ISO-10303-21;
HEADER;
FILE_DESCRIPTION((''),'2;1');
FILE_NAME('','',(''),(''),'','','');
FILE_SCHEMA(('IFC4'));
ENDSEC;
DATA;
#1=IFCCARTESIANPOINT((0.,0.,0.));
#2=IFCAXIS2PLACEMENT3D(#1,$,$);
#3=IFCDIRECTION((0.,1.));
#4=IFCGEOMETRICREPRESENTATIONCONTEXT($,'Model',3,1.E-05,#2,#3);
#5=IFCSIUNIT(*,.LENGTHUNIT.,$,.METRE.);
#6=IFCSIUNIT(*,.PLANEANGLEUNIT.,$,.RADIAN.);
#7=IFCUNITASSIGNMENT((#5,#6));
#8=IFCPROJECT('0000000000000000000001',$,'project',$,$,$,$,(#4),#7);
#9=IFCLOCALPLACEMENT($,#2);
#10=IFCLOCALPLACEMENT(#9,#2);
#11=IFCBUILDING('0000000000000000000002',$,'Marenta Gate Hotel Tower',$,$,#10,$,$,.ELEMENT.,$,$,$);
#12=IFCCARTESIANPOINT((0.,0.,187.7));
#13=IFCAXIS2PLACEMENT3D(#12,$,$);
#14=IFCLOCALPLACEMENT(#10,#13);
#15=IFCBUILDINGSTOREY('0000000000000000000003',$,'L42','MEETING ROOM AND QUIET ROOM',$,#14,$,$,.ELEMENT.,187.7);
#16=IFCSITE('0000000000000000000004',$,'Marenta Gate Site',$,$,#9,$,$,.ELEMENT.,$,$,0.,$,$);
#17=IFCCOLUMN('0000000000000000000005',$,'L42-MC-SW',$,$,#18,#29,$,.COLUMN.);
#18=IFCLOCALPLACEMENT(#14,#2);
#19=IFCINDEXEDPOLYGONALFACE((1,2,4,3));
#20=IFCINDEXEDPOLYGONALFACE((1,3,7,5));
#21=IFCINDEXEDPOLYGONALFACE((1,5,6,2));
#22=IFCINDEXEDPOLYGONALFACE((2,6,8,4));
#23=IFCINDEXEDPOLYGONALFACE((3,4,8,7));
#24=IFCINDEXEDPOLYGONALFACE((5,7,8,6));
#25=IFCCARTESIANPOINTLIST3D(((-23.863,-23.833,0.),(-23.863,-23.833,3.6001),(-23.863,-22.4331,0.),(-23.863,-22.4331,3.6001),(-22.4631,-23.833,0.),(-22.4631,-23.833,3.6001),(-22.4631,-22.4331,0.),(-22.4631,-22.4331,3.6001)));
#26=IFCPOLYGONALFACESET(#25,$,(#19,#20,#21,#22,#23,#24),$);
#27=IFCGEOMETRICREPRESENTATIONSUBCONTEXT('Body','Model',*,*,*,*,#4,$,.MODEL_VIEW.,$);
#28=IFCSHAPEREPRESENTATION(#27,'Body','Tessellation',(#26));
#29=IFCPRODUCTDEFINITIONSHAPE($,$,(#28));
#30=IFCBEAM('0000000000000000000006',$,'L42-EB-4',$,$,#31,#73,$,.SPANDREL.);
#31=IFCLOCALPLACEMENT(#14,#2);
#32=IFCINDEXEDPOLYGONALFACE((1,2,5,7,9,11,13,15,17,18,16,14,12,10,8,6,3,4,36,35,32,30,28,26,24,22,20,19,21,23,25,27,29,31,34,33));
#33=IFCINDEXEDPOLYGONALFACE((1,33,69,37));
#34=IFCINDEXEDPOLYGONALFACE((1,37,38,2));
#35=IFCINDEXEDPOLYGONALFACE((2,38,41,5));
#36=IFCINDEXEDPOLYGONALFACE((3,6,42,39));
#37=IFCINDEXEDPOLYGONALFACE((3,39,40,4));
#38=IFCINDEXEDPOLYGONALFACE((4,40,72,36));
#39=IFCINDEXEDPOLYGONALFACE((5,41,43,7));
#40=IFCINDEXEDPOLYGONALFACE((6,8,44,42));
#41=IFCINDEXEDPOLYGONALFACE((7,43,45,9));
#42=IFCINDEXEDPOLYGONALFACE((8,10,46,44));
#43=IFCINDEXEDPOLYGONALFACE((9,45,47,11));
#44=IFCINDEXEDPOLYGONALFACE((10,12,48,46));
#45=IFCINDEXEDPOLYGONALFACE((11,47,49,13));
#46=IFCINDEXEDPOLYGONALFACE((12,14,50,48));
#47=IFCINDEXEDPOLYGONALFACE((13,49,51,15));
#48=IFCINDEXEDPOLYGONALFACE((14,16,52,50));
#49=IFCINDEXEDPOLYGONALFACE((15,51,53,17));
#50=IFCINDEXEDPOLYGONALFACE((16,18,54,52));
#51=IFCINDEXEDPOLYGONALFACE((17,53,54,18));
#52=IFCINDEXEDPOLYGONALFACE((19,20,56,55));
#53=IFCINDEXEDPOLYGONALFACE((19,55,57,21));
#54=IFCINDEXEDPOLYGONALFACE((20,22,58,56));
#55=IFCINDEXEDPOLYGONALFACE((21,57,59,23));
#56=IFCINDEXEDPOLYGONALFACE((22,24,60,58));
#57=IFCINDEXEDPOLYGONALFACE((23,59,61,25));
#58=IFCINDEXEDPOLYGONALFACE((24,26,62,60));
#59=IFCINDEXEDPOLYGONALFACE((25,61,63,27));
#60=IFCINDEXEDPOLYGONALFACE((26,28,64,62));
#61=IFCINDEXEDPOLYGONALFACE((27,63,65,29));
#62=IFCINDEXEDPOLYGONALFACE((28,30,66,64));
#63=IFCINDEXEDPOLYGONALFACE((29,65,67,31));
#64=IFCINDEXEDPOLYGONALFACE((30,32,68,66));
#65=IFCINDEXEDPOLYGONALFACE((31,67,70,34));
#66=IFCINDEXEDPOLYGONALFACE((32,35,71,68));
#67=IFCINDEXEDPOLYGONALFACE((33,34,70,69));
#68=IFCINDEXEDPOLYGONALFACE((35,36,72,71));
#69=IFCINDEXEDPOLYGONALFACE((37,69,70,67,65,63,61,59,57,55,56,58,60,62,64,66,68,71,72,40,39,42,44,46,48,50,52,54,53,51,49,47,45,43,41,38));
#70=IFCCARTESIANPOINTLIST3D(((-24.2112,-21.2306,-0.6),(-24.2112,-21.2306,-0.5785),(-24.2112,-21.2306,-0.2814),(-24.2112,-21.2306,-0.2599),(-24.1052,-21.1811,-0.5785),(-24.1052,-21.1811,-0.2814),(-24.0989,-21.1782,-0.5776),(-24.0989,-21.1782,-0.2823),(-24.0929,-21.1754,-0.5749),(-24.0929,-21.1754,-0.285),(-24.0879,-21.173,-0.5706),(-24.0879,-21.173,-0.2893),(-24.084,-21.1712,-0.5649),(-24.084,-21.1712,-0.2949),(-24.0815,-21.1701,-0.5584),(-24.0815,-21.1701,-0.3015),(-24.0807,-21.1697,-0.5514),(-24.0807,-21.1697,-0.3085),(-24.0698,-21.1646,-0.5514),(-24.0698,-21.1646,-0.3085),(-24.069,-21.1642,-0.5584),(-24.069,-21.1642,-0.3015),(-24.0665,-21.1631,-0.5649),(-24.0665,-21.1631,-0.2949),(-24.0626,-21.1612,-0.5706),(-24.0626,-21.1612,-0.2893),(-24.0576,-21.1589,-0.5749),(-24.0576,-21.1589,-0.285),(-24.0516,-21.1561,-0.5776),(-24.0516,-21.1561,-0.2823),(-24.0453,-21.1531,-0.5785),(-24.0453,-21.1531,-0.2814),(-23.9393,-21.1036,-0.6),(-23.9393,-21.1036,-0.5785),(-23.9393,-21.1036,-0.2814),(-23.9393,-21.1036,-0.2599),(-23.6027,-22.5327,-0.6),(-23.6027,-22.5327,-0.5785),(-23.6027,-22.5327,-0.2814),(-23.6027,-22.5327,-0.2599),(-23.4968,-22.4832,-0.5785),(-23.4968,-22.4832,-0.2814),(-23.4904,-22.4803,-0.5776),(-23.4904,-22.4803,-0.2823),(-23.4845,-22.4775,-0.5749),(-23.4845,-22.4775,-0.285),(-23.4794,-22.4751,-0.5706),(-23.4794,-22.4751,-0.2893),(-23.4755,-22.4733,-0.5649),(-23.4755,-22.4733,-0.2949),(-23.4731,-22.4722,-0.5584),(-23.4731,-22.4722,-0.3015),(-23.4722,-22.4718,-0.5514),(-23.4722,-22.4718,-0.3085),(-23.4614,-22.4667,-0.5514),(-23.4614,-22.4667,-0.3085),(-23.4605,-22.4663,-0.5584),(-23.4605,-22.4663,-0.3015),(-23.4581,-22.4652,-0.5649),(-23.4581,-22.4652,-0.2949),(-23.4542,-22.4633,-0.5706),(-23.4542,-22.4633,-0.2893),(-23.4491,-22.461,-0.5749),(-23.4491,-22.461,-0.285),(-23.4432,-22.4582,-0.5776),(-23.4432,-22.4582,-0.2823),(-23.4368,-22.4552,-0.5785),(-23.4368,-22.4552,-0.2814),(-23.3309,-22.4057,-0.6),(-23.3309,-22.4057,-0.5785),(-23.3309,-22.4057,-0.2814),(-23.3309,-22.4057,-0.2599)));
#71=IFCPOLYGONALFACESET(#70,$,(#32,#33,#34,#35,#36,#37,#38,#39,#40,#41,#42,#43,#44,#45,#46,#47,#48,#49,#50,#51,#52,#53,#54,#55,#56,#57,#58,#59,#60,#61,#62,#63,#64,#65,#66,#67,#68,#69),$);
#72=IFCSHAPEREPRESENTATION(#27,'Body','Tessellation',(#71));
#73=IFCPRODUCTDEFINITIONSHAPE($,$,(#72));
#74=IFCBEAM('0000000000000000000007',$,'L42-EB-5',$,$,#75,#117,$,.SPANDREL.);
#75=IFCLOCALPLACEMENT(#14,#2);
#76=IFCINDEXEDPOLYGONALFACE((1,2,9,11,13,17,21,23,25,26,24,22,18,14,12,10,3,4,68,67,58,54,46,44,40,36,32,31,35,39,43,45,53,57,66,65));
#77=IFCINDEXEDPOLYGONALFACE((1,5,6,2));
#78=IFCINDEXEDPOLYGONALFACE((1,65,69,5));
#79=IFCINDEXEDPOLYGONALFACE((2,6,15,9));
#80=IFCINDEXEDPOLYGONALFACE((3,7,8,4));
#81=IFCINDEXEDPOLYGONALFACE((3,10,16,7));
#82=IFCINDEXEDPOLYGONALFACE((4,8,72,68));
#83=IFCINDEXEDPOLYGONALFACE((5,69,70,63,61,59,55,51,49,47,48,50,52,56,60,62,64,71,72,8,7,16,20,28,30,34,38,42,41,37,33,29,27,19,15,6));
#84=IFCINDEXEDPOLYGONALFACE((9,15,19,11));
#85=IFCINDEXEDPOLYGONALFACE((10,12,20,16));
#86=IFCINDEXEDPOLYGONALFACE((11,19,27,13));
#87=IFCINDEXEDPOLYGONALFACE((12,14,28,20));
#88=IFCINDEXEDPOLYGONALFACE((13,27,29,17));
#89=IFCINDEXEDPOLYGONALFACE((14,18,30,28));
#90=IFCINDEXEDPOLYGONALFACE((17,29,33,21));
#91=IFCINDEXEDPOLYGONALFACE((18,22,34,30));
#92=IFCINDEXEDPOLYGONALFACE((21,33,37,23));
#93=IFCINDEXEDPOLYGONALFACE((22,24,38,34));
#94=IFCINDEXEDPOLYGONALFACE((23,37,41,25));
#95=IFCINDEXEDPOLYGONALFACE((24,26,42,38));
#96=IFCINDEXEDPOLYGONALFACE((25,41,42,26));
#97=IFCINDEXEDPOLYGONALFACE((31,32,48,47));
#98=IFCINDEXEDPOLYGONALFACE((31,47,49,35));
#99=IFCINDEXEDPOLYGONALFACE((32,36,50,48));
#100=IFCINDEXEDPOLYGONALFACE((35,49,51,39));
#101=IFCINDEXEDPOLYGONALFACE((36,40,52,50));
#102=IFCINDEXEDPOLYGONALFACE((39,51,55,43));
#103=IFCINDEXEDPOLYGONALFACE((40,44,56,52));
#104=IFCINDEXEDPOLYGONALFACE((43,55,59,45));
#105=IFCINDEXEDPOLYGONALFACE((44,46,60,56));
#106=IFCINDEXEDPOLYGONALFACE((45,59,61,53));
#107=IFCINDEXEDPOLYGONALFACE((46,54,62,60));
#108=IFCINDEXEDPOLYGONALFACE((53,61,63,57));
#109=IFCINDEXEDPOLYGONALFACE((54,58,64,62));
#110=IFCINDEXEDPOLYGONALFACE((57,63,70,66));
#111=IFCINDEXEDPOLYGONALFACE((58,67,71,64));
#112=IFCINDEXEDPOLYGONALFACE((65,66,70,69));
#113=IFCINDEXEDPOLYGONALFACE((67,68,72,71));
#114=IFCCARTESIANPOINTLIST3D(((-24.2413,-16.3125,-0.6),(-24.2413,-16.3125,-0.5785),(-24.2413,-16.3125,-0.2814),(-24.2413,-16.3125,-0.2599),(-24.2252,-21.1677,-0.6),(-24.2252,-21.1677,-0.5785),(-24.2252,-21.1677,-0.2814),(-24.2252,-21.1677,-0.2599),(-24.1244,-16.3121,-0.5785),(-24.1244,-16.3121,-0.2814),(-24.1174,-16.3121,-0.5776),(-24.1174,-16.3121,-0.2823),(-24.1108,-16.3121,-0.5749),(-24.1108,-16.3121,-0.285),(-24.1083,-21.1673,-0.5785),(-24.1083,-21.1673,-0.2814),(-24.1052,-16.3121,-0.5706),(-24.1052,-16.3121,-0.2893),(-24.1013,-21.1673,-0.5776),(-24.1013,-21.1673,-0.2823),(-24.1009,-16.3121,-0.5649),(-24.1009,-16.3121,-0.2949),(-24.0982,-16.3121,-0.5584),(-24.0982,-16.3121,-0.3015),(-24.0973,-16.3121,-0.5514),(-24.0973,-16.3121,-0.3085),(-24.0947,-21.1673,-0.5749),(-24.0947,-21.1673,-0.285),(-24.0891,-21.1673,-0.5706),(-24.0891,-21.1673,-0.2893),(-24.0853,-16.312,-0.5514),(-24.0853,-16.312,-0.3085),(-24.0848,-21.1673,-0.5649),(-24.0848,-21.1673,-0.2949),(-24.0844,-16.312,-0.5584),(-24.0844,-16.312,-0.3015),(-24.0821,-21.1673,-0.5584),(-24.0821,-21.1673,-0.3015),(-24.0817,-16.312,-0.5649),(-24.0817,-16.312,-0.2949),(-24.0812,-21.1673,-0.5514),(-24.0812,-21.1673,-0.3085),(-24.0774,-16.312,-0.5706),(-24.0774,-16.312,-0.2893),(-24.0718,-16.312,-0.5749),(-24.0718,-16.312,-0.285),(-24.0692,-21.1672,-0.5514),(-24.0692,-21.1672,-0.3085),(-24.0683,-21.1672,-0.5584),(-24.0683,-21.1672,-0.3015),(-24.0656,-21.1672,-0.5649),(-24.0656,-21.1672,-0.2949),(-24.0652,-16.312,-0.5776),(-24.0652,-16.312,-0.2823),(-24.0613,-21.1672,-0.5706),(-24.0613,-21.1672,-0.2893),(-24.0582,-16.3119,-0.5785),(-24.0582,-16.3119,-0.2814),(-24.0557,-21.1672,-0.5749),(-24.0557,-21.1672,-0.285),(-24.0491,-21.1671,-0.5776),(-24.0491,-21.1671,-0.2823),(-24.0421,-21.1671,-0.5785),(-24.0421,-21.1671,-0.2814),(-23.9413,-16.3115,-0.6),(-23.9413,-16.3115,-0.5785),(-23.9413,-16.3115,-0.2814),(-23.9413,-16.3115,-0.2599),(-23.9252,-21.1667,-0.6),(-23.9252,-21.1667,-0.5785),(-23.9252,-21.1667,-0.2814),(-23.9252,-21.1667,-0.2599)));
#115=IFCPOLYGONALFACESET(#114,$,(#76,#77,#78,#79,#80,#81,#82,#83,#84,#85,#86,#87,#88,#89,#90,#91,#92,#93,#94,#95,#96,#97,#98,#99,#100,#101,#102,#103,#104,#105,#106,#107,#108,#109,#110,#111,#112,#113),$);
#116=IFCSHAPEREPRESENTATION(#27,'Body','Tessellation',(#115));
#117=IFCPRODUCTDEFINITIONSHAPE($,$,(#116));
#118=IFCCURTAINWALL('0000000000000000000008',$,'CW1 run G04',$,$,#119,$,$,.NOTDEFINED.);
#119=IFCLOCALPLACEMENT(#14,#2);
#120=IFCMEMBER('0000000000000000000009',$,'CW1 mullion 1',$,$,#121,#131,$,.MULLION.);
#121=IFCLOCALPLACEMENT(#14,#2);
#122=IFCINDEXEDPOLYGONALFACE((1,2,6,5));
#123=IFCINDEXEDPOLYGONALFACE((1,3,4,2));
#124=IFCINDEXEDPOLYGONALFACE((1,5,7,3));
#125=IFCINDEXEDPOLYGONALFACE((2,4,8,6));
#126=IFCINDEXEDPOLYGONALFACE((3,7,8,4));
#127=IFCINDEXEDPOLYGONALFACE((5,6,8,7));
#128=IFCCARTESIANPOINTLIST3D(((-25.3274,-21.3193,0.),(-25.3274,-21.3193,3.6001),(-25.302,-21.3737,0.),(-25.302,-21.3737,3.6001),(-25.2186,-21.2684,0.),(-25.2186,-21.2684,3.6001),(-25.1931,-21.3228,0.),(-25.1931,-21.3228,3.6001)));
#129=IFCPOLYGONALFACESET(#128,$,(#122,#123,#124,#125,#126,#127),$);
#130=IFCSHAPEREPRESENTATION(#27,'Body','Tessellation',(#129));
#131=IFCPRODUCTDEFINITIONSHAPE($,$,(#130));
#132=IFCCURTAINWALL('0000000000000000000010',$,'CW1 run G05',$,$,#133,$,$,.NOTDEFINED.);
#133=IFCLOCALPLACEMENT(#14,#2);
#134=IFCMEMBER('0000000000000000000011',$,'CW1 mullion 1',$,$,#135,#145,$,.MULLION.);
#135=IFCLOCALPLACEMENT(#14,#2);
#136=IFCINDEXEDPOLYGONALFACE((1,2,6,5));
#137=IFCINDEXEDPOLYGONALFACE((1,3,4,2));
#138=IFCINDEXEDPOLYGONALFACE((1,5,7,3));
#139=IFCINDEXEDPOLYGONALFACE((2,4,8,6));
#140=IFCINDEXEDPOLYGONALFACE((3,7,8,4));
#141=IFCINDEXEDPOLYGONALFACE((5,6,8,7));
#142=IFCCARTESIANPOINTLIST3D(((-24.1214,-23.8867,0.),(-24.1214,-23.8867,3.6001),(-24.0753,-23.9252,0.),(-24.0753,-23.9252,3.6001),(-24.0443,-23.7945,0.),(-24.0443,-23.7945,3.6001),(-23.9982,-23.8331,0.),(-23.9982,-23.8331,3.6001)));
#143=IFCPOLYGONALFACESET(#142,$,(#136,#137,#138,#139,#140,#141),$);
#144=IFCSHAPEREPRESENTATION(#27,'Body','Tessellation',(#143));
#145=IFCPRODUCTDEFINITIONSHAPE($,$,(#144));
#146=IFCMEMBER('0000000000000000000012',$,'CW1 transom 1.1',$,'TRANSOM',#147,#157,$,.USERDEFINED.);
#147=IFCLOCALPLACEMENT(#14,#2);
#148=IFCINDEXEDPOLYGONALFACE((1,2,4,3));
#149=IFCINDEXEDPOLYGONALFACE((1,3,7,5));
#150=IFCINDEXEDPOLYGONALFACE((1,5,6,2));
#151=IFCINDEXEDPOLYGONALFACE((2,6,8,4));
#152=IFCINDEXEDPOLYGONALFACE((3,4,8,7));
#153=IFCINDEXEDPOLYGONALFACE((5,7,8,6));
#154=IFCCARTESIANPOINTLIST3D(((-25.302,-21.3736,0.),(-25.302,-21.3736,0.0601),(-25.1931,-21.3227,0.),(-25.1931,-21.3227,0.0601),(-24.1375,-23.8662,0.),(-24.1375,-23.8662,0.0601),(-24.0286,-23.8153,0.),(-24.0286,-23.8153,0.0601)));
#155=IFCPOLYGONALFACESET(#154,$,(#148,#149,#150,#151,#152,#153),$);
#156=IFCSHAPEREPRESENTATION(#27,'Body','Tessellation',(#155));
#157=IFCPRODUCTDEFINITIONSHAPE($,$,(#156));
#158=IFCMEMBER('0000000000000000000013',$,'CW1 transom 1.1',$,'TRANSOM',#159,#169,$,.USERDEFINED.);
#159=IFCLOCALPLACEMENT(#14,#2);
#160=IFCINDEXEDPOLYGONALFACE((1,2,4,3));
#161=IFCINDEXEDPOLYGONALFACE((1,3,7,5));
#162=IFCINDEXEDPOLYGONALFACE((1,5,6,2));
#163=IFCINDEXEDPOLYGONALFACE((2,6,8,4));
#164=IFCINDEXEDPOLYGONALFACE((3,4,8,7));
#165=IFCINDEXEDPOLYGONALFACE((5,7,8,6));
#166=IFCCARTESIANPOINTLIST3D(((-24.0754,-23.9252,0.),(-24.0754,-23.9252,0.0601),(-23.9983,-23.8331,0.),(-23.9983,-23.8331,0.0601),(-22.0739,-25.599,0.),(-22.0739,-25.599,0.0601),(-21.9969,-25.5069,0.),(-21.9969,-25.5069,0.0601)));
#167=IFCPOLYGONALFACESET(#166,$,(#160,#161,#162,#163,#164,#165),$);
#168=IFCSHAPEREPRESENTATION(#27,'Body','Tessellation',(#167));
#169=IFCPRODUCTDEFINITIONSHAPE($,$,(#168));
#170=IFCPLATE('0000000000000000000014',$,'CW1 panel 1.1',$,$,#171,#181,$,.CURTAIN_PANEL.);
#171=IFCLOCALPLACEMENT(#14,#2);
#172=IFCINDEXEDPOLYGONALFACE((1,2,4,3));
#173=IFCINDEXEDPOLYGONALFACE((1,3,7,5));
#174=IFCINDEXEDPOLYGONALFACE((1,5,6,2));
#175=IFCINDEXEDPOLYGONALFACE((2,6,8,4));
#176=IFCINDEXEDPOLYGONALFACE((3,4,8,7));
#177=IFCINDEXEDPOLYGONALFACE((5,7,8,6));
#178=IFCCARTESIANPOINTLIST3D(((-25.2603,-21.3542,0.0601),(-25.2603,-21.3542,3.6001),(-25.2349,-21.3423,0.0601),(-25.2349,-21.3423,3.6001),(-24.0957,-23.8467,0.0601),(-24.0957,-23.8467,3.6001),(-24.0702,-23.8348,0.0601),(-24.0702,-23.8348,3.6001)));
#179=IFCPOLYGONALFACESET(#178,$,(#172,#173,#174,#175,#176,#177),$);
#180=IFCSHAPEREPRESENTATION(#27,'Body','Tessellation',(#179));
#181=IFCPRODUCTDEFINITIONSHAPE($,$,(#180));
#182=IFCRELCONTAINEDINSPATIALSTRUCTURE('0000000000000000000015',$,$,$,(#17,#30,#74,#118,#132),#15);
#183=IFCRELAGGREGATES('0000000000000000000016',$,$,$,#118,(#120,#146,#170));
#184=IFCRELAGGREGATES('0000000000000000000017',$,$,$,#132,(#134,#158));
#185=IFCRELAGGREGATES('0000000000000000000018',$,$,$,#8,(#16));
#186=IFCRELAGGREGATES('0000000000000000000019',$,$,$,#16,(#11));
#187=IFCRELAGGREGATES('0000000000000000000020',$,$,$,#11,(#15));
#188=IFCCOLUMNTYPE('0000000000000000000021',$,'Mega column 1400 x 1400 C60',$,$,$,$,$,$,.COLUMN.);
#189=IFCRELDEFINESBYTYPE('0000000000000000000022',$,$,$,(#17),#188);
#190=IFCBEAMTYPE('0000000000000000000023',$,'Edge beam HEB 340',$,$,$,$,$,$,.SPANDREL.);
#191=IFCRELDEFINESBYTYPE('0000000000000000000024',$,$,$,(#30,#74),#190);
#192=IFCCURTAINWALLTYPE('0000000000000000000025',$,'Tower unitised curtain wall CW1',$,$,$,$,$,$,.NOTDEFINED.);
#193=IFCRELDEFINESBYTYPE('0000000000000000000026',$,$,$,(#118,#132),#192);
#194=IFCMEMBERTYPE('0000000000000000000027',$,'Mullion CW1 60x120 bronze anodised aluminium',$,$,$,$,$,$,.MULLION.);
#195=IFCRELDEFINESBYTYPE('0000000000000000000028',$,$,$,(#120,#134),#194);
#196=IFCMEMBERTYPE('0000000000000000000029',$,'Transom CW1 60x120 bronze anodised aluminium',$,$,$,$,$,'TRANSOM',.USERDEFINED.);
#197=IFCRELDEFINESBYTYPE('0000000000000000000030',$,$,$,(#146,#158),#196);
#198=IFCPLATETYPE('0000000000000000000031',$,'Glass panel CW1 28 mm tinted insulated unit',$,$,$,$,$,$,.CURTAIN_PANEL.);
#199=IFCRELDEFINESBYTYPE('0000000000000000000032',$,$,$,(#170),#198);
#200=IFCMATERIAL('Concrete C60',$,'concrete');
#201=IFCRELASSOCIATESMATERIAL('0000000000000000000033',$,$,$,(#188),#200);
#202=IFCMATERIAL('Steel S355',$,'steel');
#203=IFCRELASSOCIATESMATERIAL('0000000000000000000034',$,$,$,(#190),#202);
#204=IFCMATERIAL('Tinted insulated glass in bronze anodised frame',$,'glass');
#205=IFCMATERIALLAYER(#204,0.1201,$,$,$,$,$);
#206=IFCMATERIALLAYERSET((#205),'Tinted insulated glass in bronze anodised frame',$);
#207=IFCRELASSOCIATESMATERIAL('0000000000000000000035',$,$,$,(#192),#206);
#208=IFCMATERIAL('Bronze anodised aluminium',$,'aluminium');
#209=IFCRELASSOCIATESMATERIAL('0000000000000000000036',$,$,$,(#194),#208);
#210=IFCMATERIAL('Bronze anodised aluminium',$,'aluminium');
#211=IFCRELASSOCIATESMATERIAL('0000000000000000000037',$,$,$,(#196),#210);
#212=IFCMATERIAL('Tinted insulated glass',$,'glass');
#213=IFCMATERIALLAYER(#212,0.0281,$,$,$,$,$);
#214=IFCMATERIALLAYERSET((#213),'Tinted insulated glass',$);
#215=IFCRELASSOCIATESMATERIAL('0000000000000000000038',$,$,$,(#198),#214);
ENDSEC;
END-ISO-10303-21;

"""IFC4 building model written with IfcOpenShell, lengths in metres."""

from ifc_helpers import new_model, si_unit, direction, frame, origin, origin_2d, place, context, subcontext, project, spatial, rectangle, i_section, extrude, material, layer, layer_set, material_profile, profile_set, type_object, element, aggregate, save


model = new_model("IFC4")

# Units and contexts
model_context = context("Model", 3, precision=1e-05, world=origin(), true_north=direction((0.0, 1.0)))
body_context = subcontext(model_context, "Body", "Model", "MODEL_VIEW")
ifc_project = project(units=[si_unit("LENGTHUNIT", "METRE"), si_unit("PLANEANGLEUNIT", "RADIAN")], contexts=[model_context])

# Site, building, storey
site_placement = place(None, origin())
site = spatial("IfcSite", under=ifc_project, at=site_placement, Name="Marenta Gate Site", CompositionType="ELEMENT", RefElevation=0.0)
building_placement = place(site_placement, origin())
building = spatial("IfcBuilding", under=site, at=building_placement, Name="Marenta Gate Hotel Tower", CompositionType="ELEMENT")
storey_placement = place(building_placement, frame((0.0, 0.0, 187.7)))
storey = spatial("IfcBuildingStorey", under=building, at=storey_placement, Name="L42", Description="MEETING ROOM AND QUIET ROOM", CompositionType="ELEMENT", Elevation=187.7)

# Column
ifc_material_1 = material(Name="Concrete C60", Category="concrete")
ifc_material_profile_1 = material_profile(ifc_material_1, rectangle(XDim=1.3999, YDim=1.3999, at=origin_2d()), Name="1400 x 1400")
ifc_profile_set_1 = profile_set([ifc_material_profile_1], Name="Concrete C60")
column_type = type_object("IfcColumnType", Name="Mega column 1400 x 1400 C60", PredefinedType="COLUMN", material=ifc_profile_set_1)
column_placement = place(storey_placement, frame((-23.1631, -23.1331, 0.0), z_axis=(0.0, 0.0, 1.0), x_axis=(1.0, 0.0, 0.0)))
element("IfcColumn", 1, at=column_placement, inside=storey, type_object=column_type, Name="L42-MC-SW", PredefinedType="COLUMN", context=body_context, shape_type="SweptSolid", body=[
    extrude(rectangle(XDim=1.3999, YDim=1.3999, at=origin_2d()), origin(), (0.0, 0.0, 1.0), 3.6001),
])

# Beams
ifc_material_2 = material(Name="Steel S355", Category="steel")
ifc_material_profile_2 = material_profile(ifc_material_2, i_section(OverallWidth=0.3, OverallDepth=0.3401, WebThickness=0.012, FlangeThickness=0.0215, FilletRadius=0.0271, at=origin_2d()), Name="HEB 340")
ifc_profile_set_2 = profile_set([ifc_material_profile_2], Name="Steel S355")
beam_type = type_object("IfcBeamType", Name="Edge beam HEB 340", PredefinedType="SPANDREL", material=ifc_profile_set_2)
beam_1_placement = place(storey_placement, frame((-23.4668, -22.4692, -0.4299), z_axis=(-0.423341, 0.90597, 0.0), x_axis=(-0.90597, -0.423341, 0.0)))
element("IfcBeam", 2, at=beam_1_placement, inside=storey, type_object=beam_type, Name="L42-EB-4", PredefinedType="SPANDREL", context=body_context, shape_type="SweptSolid", body=[
    extrude(i_section(OverallWidth=0.3, OverallDepth=0.3401, WebThickness=0.012, FlangeThickness=0.0215, FilletRadius=0.0271, at=origin_2d()), origin(), (0.0, 0.0, 1.0), 1.4373),
])
beam_2_placement = place(storey_placement, frame((-24.0752, -21.1672, -0.4299), z_axis=(-0.003319, 0.999994, 0.0), x_axis=(-0.999994, -0.003319, 0.0)))
element("IfcBeam", 3, at=beam_2_placement, inside=storey, type_object=beam_type, Name="L42-EB-5", PredefinedType="SPANDREL", context=body_context, shape_type="SweptSolid", body=[
    extrude(i_section(OverallWidth=0.3, OverallDepth=0.3401, WebThickness=0.012, FlangeThickness=0.0215, FilletRadius=0.0271, at=origin_2d()), origin(), (0.0, 0.0, 1.0), 4.8552),
])

# Curtain walls, members
ifc_material_3 = material(Name="Tinted insulated glass in bronze anodised frame", Category="glass")
ifc_layer_1 = layer(ifc_material_3, 0.1201)
ifc_layer_set_1 = layer_set([ifc_layer_1], Name="Tinted insulated glass in bronze anodised frame")
curtain_wall_type = type_object("IfcCurtainWallType", Name="Tower unitised curtain wall CW1", PredefinedType="NOTDEFINED", material=ifc_layer_set_1)
curtain_wall_1_placement = place(storey_placement, origin())
curtain_wall_1 = element("IfcCurtainWall", 4, at=curtain_wall_1_placement, inside=storey, type_object=curtain_wall_type, Name="CW1 run G04", PredefinedType="NOTDEFINED")
ifc_material_4 = material(Name="Bronze anodised aluminium", Category="aluminium")
ifc_material_profile_3 = material_profile(ifc_material_4, rectangle(XDim=0.1201, YDim=0.0601, at=origin_2d()), Name="Mullion CW1 60x120 bronze anodised aluminium")
ifc_profile_set_3 = profile_set([ifc_material_profile_3], Name="Bronze anodised aluminium")
member_type_1 = type_object("IfcMemberType", Name="Mullion CW1 60x120 bronze anodised aluminium", PredefinedType="MULLION", material=ifc_profile_set_3)
member_1_placement = place(storey_placement, frame((-25.2603, -21.321, 0.0), z_axis=(0.0, 0.0, 1.0), x_axis=(0.905972, 0.423337, 0.0)))
member_1 = element("IfcMember", 5, at=member_1_placement, type_object=member_type_1, Name="CW1 mullion 1", PredefinedType="MULLION", context=body_context, shape_type="SweptSolid", body=[
    extrude(rectangle(XDim=0.1201, YDim=0.0601, at=origin_2d()), origin(), (0.0, 0.0, 1.0), 3.6001),
])
curtain_wall_2_placement = place(storey_placement, origin())
curtain_wall_2 = element("IfcCurtainWall", 6, at=curtain_wall_2_placement, inside=storey, type_object=curtain_wall_type, Name="CW1 run G05", PredefinedType="NOTDEFINED")
member_2_placement = place(storey_placement, frame((-24.0598, -23.8599, 0.0), z_axis=(0.0, 0.0, 1.0), x_axis=(0.641525, 0.767102, 0.0)))
member_2 = element("IfcMember", 7, at=member_2_placement, type_object=member_type_1, Name="CW1 mullion 1", PredefinedType="MULLION", context=body_context, shape_type="SweptSolid", body=[
    extrude(rectangle(XDim=0.1201, YDim=0.0601, at=origin_2d()), origin(), (0.0, 0.0, 1.0), 3.6001),
])

# Members
ifc_material_5 = material(Name="Bronze anodised aluminium", Category="aluminium")
ifc_material_profile_4 = material_profile(ifc_material_5, rectangle(XDim=0.1201, YDim=0.0601, at=origin_2d()), Name="Transom CW1 60x120 bronze anodised aluminium")
ifc_profile_set_4 = profile_set([ifc_material_profile_4], Name="Bronze anodised aluminium")
member_type_2 = type_object("IfcMemberType", Name="Transom CW1 60x120 bronze anodised aluminium", ElementType="TRANSOM", PredefinedType="USERDEFINED", material=ifc_profile_set_4)
member_3_placement = place(storey_placement, frame((-25.2476, -21.3481, 0.03), z_axis=(0.423274, -0.906002, 0.0), x_axis=(0.906002, 0.423274, 0.0)))
member_3 = element("IfcMember", 8, at=member_3_placement, type_object=member_type_2, Name="CW1 transom 1.1", ObjectType="TRANSOM", PredefinedType="USERDEFINED", context=body_context, shape_type="SweptSolid", body=[
    extrude(rectangle(XDim=0.1201, YDim=0.0601, at=origin_2d()), origin(), (0.0, 0.0, 1.0), 2.7512),
])
member_4_placement = place(storey_placement, frame((-24.0369, -23.8792, 0.03), z_axis=(0.7671, -0.641527, 0.0), x_axis=(0.641527, 0.7671, 0.0)))
member_4 = element("IfcMember", 9, at=member_4_placement, type_object=member_type_2, Name="CW1 transom 1.1", ObjectType="TRANSOM", PredefinedType="USERDEFINED", context=body_context, shape_type="SweptSolid", body=[
    extrude(rectangle(XDim=0.1201, YDim=0.0601, at=origin_2d()), origin(), (0.0, 0.0, 1.0), 2.6091),
])

# Plate
ifc_material_6 = material(Name="Tinted insulated glass", Category="glass")
ifc_layer_2 = layer(ifc_material_6, 0.0281)
ifc_layer_set_2 = layer_set([ifc_layer_2], Name="Tinted insulated glass")
plate_type = type_object("IfcPlateType", Name="Glass panel CW1 28 mm tinted insulated unit", PredefinedType="CURTAIN_PANEL", material=ifc_layer_set_2)
plate_1_placement = place(storey_placement, frame((-24.6653, -22.5945, 0.0601), z_axis=(0.0, 0.0, 1.0), x_axis=(0.423337, -0.905972, 0.0)))
plate_1 = element("IfcPlate", 10, at=plate_1_placement, type_object=plate_type, Name="CW1 panel 1.1", PredefinedType="CURTAIN_PANEL", context=body_context, shape_type="SweptSolid", body=[
    extrude(rectangle(XDim=2.7512, YDim=0.0281, at=origin_2d()), origin(), (0.0, 0.0, 1.0), 3.54),
])
aggregate(curtain_wall_1, [member_1, member_3, plate_1])
aggregate(curtain_wall_2, [member_2, member_4])

save(model, "model.ifc")
